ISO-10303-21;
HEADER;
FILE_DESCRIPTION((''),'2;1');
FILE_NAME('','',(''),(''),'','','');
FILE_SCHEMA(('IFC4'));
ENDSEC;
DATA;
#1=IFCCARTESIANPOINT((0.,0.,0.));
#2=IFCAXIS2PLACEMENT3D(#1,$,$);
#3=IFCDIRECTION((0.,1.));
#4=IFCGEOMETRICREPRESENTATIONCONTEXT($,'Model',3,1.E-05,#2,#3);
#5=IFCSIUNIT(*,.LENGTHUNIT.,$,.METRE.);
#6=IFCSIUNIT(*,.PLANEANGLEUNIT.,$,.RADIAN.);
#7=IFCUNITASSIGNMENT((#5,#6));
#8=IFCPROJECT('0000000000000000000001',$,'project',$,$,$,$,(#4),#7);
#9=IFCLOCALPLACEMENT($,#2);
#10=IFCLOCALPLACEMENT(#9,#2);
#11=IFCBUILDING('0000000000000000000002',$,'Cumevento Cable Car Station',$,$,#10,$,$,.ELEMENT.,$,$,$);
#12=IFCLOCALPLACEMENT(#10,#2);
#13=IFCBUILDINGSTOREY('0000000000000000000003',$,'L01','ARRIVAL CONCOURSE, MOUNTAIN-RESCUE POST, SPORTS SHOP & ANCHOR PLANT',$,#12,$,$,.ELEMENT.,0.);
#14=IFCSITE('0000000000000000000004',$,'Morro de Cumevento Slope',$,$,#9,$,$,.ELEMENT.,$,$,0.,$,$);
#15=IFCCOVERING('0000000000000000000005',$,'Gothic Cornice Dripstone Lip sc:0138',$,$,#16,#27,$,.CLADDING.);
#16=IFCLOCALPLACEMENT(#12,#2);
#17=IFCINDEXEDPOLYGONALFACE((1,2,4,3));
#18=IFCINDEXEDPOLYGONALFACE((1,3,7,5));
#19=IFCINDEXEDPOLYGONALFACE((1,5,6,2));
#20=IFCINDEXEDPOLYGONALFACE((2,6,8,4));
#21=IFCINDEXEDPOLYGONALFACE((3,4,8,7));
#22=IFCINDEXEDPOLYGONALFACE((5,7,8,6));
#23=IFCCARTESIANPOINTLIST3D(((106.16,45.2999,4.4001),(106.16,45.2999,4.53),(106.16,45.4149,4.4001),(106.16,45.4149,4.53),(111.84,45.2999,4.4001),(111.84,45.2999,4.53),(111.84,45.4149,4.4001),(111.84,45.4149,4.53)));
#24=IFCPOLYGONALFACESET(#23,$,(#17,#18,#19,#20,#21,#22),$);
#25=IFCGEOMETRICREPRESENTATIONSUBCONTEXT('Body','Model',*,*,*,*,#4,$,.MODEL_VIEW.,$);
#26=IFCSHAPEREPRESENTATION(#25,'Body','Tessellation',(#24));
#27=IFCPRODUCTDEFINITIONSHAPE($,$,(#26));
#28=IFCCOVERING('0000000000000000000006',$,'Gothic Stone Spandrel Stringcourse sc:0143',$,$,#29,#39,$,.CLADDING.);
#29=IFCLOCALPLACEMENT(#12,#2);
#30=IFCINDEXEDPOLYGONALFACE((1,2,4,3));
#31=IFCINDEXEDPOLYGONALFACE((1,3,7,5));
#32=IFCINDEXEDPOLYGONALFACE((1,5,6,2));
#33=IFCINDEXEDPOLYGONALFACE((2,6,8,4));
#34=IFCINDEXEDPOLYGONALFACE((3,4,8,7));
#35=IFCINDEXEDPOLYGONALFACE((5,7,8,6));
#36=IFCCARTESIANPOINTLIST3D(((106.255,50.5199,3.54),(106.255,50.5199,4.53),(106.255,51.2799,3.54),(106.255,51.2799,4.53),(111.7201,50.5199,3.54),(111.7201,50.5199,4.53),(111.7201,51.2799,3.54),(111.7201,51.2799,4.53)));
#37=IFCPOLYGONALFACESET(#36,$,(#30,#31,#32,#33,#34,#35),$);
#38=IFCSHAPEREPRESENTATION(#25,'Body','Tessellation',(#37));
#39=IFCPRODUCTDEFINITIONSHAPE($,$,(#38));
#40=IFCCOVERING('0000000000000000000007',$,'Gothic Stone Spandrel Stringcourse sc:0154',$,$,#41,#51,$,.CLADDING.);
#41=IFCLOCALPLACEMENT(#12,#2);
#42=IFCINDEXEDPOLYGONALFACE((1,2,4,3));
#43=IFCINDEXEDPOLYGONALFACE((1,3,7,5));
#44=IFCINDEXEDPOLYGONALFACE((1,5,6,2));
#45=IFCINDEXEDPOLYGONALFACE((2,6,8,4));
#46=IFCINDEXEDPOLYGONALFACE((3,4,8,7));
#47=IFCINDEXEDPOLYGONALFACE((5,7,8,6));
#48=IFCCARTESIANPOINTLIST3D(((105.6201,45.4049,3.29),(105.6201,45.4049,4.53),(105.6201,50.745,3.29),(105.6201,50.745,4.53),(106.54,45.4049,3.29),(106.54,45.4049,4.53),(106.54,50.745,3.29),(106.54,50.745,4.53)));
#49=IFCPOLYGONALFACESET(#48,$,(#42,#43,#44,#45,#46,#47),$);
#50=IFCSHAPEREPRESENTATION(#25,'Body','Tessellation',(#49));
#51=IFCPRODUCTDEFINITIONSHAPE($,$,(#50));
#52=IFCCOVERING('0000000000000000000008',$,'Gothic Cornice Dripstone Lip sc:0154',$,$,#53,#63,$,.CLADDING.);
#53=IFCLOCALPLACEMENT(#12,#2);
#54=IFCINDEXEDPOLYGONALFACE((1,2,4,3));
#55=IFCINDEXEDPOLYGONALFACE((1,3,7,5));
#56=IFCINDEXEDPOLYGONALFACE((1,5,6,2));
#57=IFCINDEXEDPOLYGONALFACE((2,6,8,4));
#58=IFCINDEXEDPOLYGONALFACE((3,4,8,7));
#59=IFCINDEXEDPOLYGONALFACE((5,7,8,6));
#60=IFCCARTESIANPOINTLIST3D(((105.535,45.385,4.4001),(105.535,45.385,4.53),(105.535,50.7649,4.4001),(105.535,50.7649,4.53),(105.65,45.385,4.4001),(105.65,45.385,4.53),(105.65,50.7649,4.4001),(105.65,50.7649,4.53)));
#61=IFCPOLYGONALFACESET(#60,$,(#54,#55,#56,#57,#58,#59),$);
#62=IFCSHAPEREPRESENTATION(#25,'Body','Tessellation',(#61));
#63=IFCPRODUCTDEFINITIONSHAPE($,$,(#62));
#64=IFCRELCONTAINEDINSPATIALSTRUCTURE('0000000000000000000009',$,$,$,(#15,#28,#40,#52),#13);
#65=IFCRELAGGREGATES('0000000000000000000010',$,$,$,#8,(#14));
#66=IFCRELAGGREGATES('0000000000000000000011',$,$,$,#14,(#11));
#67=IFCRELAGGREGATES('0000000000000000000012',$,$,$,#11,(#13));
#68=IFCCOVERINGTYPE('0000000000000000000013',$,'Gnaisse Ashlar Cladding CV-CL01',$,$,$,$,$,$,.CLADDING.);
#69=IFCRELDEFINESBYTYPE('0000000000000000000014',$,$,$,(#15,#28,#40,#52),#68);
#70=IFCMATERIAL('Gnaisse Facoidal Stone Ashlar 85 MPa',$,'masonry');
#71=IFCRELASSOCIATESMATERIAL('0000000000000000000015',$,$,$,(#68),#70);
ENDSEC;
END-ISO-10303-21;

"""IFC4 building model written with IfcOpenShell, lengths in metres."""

from ifc_helpers import new_model, si_unit, direction, frame, origin, origin_2d, place, context, subcontext, project, spatial, rectangle, extrude, material, type_object, element, save


model = new_model("IFC4")

# Units and contexts
model_context = context("Model", 3, precision=1e-05, world=origin(), true_north=direction((0.0, 1.0)))
body_context = subcontext(model_context, "Body", "Model", "MODEL_VIEW")
ifc_project = project(units=[si_unit("LENGTHUNIT", "METRE"), si_unit("PLANEANGLEUNIT", "RADIAN")], contexts=[model_context])

# Site, building, storey
site_placement = place(None, origin())
site = spatial("IfcSite", under=ifc_project, at=site_placement, Name="Morro de Cumevento Slope", CompositionType="ELEMENT", RefElevation=0.0)
building_placement = place(site_placement, origin())
building = spatial("IfcBuilding", under=site, at=building_placement, Name="Cumevento Cable Car Station", CompositionType="ELEMENT")
storey_placement = place(building_placement, origin())
storey = spatial("IfcBuildingStorey", under=building, at=storey_placement, Name="L01", Description="ARRIVAL CONCOURSE, MOUNTAIN-RESCUE POST, SPORTS SHOP & ANCHOR PLANT", CompositionType="ELEMENT", Elevation=0.0)

# Coverings
ifc_material_1 = material(Name="Gnaisse Facoidal Stone Ashlar 85 MPa", Category="masonry")
covering_type = type_object("IfcCoveringType", Name="Gnaisse Ashlar Cladding CV-CL01", PredefinedType="CLADDING", material=ifc_material_1)
covering_1_placement = place(storey_placement, frame((109.0, 45.3574, 4.4001), z_axis=(0.0, 0.0, 1.0), x_axis=(1.0, 0.0, 0.0)))
element("IfcCovering", 1, at=covering_1_placement, inside=storey, type_object=covering_type, Name="Gothic Cornice Dripstone Lip sc:0138", PredefinedType="CLADDING", context=body_context, shape_type="SweptSolid", body=[
    extrude(rectangle(XDim=5.6799, YDim=0.115, at=origin_2d()), origin(), (0.0, 0.0, 1.0), 0.1299),
])
covering_2_placement = place(storey_placement, frame((108.9875, 50.8999, 3.54), z_axis=(0.0, 0.0, 1.0), x_axis=(1.0, 0.0, 0.0)))
element("IfcCovering", 2, at=covering_2_placement, inside=storey, type_object=covering_type, Name="Gothic Stone Spandrel Stringcourse sc:0143", PredefinedType="CLADDING", context=body_context, shape_type="SweptSolid", body=[
    extrude(rectangle(XDim=5.4651, YDim=0.76, at=origin_2d()), origin(), (0.0, 0.0, 1.0), 0.99),
])
covering_3_placement = place(storey_placement, frame((106.0801, 48.075, 3.29), z_axis=(0.0, 0.0, 1.0), x_axis=(0.0, 1.0, 0.0)))
element("IfcCovering", 3, at=covering_3_placement, inside=storey, type_object=covering_type, Name="Gothic Stone Spandrel Stringcourse sc:0154", PredefinedType="CLADDING", context=body_context, shape_type="SweptSolid", body=[
    extrude(rectangle(XDim=5.3401, YDim=0.9199, at=origin_2d()), origin(), (0.0, 0.0, 1.0), 1.24),
])
covering_4_placement = place(storey_placement, frame((105.5925, 48.075, 4.4001), z_axis=(0.0, 0.0, 1.0), x_axis=(0.0, 1.0, 0.0)))
element("IfcCovering", 4, at=covering_4_placement, inside=storey, type_object=covering_type, Name="Gothic Cornice Dripstone Lip sc:0154", PredefinedType="CLADDING", context=body_context, shape_type="SweptSolid", body=[
    extrude(rectangle(XDim=5.3799, YDim=0.115, at=origin_2d()), origin(), (0.0, 0.0, 1.0), 0.1299),
])

save(model, "model.ifc")
